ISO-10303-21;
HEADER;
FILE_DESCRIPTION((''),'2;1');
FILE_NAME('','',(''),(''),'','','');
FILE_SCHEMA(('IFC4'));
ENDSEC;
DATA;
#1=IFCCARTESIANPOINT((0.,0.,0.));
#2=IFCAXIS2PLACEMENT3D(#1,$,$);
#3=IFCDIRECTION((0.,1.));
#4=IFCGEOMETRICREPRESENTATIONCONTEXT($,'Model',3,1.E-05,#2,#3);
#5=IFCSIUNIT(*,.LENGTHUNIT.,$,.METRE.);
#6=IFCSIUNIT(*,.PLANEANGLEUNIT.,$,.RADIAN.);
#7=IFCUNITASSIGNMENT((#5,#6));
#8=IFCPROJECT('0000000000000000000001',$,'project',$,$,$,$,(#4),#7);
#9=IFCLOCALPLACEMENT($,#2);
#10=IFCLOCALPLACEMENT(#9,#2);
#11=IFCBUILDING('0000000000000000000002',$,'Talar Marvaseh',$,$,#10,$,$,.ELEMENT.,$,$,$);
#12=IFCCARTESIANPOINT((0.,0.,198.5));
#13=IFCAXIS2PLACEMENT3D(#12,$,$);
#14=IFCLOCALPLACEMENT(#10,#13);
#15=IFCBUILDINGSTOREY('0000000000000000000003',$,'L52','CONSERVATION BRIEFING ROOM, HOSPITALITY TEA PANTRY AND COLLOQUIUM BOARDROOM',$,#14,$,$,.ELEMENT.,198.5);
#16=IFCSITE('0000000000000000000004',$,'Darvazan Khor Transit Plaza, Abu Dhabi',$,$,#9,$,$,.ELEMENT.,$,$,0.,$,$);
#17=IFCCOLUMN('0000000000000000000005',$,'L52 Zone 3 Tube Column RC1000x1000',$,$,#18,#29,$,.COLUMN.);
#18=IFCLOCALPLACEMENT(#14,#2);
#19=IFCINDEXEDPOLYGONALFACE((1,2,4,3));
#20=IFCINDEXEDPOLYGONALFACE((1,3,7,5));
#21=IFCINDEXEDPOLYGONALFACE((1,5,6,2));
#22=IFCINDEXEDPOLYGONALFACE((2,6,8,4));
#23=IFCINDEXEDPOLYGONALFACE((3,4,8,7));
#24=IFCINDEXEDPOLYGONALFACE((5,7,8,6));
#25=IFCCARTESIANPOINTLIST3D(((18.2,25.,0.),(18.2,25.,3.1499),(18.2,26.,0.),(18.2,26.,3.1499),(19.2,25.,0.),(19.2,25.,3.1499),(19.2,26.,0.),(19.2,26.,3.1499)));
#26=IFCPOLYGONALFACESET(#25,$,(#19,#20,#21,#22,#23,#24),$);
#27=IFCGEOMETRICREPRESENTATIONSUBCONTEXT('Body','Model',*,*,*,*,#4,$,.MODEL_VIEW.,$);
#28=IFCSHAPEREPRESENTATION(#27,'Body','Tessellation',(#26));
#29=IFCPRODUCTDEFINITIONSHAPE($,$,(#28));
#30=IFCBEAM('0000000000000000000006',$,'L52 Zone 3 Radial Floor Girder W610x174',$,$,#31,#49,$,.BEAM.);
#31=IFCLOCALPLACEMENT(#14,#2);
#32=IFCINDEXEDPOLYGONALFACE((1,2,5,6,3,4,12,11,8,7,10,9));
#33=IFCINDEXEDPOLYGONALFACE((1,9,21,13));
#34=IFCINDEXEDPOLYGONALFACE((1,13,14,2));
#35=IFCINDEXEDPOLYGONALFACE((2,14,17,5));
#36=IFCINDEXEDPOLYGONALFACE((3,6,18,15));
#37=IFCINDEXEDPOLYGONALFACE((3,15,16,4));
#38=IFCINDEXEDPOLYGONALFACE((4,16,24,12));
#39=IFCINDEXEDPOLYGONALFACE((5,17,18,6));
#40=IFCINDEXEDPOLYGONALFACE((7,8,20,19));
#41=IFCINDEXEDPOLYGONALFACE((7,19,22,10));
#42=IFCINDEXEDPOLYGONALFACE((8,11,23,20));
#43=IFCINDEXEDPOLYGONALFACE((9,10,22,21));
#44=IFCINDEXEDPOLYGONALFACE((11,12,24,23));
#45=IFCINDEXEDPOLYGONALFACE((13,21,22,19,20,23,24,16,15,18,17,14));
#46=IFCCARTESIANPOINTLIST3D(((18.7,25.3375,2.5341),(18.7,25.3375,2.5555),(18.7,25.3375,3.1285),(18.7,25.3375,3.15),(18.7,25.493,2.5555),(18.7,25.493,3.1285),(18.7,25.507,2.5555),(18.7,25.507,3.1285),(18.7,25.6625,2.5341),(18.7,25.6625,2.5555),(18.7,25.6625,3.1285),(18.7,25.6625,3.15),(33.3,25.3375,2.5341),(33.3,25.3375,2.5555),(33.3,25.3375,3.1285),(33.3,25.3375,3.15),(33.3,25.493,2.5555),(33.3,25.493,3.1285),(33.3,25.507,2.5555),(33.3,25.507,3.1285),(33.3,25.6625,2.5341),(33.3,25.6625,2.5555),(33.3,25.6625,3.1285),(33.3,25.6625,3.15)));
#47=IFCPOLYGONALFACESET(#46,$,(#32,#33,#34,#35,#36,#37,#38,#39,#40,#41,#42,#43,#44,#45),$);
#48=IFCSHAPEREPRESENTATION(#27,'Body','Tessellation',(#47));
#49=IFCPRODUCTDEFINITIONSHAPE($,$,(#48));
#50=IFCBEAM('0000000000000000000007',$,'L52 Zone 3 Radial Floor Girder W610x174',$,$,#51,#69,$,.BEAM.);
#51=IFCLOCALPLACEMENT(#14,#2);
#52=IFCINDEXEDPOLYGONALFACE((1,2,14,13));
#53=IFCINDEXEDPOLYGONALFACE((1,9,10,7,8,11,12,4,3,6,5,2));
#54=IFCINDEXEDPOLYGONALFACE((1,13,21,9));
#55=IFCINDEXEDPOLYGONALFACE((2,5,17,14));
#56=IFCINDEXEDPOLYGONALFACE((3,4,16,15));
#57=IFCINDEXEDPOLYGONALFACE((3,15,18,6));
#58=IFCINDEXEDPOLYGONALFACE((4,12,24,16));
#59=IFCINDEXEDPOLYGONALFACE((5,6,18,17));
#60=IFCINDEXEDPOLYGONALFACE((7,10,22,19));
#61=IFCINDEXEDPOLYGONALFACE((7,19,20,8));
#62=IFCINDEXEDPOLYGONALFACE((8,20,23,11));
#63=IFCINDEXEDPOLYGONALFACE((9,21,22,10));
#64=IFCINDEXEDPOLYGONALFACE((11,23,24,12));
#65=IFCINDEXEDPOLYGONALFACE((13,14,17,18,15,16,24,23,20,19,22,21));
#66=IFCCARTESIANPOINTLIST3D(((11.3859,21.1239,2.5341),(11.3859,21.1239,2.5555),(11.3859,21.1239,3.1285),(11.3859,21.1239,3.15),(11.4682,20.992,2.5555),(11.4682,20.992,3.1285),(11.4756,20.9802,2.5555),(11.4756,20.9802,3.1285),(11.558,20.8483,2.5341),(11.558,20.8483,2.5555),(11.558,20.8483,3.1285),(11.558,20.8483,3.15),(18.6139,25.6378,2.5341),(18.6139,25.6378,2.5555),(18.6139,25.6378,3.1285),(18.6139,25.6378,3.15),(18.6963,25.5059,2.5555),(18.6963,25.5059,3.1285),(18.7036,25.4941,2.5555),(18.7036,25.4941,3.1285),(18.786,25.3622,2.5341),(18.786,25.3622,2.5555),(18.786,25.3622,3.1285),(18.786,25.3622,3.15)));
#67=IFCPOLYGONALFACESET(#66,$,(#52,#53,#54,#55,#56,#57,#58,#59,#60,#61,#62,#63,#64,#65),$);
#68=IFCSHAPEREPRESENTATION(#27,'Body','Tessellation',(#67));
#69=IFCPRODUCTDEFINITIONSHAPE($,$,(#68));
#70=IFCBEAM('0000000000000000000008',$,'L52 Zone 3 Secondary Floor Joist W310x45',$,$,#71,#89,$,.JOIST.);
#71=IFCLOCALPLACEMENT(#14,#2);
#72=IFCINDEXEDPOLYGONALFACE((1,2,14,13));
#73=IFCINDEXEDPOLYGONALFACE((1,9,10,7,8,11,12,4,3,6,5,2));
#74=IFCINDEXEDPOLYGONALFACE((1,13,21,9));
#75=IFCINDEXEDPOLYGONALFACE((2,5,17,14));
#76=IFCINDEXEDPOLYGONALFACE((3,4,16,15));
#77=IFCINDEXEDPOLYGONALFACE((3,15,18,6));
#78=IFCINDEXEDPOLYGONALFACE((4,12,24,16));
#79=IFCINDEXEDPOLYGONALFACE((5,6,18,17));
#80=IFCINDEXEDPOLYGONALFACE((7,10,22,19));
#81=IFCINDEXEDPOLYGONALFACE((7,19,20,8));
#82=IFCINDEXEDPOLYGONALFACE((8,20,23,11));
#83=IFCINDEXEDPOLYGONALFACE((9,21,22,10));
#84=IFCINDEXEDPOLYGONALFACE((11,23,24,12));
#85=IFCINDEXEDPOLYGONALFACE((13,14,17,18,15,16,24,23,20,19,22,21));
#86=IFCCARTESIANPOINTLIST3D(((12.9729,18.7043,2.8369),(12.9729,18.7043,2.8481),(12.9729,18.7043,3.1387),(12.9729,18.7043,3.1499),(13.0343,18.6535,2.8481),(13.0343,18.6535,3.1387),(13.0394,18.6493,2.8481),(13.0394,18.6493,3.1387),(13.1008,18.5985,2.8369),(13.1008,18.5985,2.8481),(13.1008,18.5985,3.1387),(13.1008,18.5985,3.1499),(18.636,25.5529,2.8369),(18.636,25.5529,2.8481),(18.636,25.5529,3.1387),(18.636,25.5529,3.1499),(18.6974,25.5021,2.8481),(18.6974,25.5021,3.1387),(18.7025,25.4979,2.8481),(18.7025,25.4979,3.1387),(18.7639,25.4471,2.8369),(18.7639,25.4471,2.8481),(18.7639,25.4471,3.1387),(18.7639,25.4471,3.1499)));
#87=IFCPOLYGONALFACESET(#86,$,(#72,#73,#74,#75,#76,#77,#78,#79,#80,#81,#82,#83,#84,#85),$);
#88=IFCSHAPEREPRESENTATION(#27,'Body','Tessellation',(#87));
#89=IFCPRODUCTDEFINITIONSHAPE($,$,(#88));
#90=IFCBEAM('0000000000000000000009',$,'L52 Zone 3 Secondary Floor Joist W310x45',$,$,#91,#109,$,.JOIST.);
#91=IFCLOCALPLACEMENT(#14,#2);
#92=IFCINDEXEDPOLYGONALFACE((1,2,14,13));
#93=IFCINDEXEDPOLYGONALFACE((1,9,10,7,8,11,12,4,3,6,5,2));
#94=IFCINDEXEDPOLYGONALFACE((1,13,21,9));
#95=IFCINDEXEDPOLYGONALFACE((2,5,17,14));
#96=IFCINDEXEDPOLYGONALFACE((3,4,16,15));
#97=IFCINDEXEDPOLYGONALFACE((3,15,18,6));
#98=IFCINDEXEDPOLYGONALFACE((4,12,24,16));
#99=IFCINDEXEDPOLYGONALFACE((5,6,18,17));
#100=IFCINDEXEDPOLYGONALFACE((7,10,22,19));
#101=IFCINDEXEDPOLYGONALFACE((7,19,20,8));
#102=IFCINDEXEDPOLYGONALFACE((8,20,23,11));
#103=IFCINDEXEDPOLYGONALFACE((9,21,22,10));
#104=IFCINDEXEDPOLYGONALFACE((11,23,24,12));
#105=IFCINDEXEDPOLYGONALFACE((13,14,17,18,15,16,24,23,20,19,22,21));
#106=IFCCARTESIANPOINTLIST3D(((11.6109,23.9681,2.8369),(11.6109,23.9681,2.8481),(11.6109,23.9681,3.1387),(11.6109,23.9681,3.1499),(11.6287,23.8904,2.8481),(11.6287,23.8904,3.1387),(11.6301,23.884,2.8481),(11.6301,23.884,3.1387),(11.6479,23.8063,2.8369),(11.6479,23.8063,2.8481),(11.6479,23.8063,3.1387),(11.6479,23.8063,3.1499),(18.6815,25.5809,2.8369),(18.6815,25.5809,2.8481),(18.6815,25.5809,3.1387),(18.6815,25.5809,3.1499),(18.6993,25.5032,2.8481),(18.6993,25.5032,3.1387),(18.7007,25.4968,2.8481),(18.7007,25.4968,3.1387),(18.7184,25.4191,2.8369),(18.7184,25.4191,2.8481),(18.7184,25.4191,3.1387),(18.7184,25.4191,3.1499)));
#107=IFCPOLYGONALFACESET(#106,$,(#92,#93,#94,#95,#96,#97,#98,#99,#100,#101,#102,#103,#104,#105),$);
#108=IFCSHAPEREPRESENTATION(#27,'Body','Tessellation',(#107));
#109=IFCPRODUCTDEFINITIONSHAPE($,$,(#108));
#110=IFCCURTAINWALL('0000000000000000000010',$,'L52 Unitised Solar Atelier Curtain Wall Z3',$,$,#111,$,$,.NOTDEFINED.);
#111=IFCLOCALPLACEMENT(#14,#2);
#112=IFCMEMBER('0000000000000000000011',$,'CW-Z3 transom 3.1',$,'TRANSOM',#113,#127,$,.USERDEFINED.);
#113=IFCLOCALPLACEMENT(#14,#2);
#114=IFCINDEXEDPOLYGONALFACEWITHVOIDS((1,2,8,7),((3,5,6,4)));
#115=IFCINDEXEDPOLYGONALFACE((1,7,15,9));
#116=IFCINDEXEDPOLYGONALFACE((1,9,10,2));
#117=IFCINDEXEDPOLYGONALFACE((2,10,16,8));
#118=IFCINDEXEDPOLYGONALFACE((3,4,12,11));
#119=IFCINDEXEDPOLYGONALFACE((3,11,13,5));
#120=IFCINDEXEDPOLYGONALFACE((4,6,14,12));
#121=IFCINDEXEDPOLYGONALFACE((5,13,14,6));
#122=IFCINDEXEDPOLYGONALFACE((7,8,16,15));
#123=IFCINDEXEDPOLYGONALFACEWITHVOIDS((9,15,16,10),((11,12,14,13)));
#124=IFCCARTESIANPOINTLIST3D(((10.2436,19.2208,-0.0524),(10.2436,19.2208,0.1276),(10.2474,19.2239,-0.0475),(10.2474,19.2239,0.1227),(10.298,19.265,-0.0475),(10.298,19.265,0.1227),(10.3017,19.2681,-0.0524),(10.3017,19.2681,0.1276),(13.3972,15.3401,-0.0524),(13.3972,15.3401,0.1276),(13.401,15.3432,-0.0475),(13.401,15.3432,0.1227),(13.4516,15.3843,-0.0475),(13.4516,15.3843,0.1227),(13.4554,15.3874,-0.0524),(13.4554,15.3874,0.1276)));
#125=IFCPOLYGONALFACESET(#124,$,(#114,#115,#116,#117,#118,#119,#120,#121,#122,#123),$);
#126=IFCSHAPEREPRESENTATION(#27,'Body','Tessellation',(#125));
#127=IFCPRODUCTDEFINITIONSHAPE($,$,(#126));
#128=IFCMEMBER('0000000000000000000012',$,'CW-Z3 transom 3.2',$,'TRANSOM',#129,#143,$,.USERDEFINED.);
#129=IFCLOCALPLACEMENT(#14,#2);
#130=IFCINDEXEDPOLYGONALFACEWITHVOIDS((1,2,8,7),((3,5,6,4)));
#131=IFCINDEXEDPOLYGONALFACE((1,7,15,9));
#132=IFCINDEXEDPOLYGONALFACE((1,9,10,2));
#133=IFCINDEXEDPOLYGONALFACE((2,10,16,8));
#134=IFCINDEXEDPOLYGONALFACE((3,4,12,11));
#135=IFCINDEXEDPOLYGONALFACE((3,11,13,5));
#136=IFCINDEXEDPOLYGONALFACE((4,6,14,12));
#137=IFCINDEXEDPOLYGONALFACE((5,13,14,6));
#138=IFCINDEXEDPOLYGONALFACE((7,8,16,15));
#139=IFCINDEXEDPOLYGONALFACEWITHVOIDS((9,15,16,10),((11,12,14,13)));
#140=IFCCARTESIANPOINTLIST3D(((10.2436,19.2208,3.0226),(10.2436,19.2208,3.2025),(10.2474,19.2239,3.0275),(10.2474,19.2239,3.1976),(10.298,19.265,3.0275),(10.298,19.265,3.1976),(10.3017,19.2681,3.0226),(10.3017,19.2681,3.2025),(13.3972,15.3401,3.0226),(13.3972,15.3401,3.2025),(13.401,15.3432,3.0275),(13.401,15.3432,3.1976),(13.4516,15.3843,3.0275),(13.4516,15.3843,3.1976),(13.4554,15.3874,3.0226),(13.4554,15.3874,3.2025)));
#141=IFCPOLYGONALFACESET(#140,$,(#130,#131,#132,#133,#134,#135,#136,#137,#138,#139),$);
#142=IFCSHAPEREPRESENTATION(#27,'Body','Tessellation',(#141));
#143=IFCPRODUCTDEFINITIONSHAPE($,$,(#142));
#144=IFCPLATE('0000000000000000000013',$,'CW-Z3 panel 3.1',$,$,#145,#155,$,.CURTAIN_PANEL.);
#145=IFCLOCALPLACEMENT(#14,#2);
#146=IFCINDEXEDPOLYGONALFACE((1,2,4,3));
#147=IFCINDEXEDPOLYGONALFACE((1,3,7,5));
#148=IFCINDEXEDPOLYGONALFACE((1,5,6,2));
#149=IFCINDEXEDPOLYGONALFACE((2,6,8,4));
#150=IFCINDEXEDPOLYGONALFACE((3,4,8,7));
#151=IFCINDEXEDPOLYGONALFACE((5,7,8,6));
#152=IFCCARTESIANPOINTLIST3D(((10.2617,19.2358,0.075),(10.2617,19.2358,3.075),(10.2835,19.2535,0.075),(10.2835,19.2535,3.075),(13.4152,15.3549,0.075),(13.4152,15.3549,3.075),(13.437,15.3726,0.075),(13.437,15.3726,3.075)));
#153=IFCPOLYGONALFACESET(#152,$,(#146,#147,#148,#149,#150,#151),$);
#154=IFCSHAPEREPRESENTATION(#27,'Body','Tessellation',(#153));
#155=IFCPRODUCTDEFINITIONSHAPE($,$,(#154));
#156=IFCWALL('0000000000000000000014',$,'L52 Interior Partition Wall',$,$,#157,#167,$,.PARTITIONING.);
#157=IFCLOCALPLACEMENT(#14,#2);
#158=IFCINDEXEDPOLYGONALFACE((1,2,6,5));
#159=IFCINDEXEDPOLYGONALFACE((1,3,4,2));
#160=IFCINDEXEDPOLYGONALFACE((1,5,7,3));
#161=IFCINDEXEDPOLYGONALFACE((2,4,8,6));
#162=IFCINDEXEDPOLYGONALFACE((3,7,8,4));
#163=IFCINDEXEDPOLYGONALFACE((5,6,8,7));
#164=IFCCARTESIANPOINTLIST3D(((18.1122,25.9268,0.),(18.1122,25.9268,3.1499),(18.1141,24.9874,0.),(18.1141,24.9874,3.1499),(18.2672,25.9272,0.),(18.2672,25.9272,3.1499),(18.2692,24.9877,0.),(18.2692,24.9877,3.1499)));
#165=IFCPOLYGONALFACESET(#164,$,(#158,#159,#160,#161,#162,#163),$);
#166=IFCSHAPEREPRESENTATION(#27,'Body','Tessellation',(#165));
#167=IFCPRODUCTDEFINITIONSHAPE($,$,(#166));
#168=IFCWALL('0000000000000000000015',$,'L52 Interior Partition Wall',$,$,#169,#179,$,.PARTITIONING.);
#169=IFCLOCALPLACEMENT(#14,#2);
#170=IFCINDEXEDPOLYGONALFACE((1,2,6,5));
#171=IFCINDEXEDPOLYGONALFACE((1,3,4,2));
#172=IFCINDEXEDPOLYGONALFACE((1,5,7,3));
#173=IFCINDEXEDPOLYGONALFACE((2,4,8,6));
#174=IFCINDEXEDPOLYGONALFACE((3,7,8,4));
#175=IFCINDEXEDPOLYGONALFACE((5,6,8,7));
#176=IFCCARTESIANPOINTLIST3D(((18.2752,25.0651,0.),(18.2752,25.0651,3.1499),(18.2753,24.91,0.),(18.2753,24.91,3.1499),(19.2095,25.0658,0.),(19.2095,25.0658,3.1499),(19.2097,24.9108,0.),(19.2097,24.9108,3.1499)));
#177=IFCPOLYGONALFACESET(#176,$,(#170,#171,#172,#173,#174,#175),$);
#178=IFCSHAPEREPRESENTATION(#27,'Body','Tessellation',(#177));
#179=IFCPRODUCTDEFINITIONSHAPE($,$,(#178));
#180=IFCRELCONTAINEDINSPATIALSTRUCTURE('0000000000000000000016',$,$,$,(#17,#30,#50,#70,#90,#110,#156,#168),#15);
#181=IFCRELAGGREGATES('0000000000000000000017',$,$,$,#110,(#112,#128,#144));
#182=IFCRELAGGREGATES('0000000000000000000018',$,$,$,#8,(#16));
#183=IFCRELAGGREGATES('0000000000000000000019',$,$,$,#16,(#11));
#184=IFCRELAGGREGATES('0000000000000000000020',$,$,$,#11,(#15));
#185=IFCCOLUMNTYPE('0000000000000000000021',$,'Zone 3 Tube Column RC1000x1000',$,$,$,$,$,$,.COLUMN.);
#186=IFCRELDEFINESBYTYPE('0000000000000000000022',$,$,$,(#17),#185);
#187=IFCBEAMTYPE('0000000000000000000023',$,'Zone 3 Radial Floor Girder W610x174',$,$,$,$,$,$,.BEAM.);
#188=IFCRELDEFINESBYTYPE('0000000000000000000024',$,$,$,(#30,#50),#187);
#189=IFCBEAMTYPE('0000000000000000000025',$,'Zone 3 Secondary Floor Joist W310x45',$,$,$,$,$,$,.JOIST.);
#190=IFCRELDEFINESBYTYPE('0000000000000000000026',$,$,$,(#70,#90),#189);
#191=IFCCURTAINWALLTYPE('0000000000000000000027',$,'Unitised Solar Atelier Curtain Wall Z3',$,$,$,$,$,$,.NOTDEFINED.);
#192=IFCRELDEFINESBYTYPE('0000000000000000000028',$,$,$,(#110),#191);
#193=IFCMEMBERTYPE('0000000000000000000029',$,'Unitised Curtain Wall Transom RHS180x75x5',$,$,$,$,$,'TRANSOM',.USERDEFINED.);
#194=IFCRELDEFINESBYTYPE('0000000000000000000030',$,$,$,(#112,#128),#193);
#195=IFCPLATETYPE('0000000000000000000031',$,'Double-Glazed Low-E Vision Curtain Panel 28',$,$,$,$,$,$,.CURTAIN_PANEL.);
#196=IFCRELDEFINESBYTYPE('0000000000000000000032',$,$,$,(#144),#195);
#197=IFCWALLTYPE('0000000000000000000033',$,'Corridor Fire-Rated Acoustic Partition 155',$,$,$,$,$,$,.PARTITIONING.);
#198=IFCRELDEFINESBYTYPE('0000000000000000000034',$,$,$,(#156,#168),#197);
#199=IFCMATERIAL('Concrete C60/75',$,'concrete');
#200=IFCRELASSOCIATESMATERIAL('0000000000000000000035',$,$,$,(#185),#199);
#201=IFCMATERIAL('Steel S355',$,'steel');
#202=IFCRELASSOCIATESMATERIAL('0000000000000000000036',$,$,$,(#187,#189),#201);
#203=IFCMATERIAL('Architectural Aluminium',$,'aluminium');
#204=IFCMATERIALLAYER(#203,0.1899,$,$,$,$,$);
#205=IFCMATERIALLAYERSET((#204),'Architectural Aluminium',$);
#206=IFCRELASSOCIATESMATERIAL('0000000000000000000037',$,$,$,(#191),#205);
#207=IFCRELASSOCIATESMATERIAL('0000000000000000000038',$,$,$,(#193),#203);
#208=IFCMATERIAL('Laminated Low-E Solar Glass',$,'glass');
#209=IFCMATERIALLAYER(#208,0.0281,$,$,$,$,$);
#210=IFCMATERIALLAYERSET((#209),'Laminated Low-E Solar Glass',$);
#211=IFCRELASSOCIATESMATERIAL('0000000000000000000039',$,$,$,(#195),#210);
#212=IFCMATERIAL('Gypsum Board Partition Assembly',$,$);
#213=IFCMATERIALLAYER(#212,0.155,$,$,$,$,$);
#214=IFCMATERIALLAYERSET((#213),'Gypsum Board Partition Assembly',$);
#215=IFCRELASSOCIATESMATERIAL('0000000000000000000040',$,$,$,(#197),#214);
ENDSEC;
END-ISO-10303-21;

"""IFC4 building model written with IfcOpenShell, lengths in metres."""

from ifc_helpers import new_model, si_unit, direction, frame, frame_2d, origin, origin_2d, place, context, subcontext, project, spatial, rectangle, hollow_rectangle, i_section, extrude, source, transform, mapped, material, layer, layer_set, material_profile, profile_set, type_object, type_shapes, element, aggregate, save


model = new_model("IFC4")

# Units and contexts
model_context = context("Model", 3, precision=1e-05, world=origin(), true_north=direction((0.0, 1.0)))
body_context = subcontext(model_context, "Body", "Model", "MODEL_VIEW")
ifc_project = project(units=[si_unit("LENGTHUNIT", "METRE"), si_unit("PLANEANGLEUNIT", "RADIAN")], contexts=[model_context])

# Site, building, storey
site_placement = place(None, origin())
site = spatial("IfcSite", under=ifc_project, at=site_placement, Name="Darvazan Khor Transit Plaza, Abu Dhabi", CompositionType="ELEMENT", RefElevation=0.0)
building_placement = place(site_placement, origin())
building = spatial("IfcBuilding", under=site, at=building_placement, Name="Talar Marvaseh", CompositionType="ELEMENT")
storey_placement = place(building_placement, frame((0.0, 0.0, 198.5)))
storey = spatial("IfcBuildingStorey", under=building, at=storey_placement, Name="L52", Description="CONSERVATION BRIEFING ROOM, HOSPITALITY TEA PANTRY AND COLLOQUIUM BOARDROOM", CompositionType="ELEMENT", Elevation=198.5)

# Column
ifc_material_1 = material(Name="Concrete C60/75", Category="concrete")
ifc_material_profile_1 = material_profile(ifc_material_1, rectangle(XDim=1.0, YDim=1.0, at=origin_2d()), Name="RC1000x1000")
ifc_profile_set_1 = profile_set([ifc_material_profile_1], Name="Concrete C60/75")
column_type = type_object("IfcColumnType", Name="Zone 3 Tube Column RC1000x1000", PredefinedType="COLUMN", material=ifc_profile_set_1)
column_placement = place(storey_placement, frame((18.7, 25.5, 0.0), z_axis=(0.0, 0.0, 1.0), x_axis=(1.0, 0.0, 0.0)))
element("IfcColumn", 1, at=column_placement, inside=storey, type_object=column_type, Name="L52 Zone 3 Tube Column RC1000x1000", PredefinedType="COLUMN", context=body_context, shape_type="SweptSolid", body=[
    extrude(rectangle(XDim=1.0, YDim=1.0, at=origin_2d()), origin(), (0.0, 0.0, 1.0), 3.1499),
])

# Beams
ifc_material_2 = material(Name="Steel S355", Category="steel")
ifc_material_profile_2 = material_profile(ifc_material_2, i_section(OverallWidth=0.325, OverallDepth=0.616, WebThickness=0.0139, FlangeThickness=0.0215, at=origin_2d()), Name="W610x174")
ifc_profile_set_2 = profile_set([ifc_material_profile_2], Name="Steel S355")
beam_type_1 = type_object("IfcBeamType", Name="Zone 3 Radial Floor Girder W610x174", PredefinedType="BEAM", material=ifc_profile_set_2)
beam_1_placement = place(storey_placement, frame((18.7, 25.5, 2.842), z_axis=(1.0, 0.0, 0.0), x_axis=(0.0, 1.0, 0.0)))
element("IfcBeam", 2, at=beam_1_placement, inside=storey, type_object=beam_type_1, Name="L52 Zone 3 Radial Floor Girder W610x174", PredefinedType="BEAM", context=body_context, shape_type="SweptSolid", body=[
    extrude(i_section(OverallWidth=0.325, OverallDepth=0.616, WebThickness=0.0139, FlangeThickness=0.0215, at=origin_2d()), origin(), (0.0, 0.0, 1.0), 14.6001),
])
beam_2_placement = place(storey_placement, frame((11.4719, 20.9861, 2.842), z_axis=(0.848188, 0.529695, 0.0), x_axis=(-0.529695, 0.848188, 0.0)))
element("IfcBeam", 3, at=beam_2_placement, inside=storey, type_object=beam_type_1, Name="L52 Zone 3 Radial Floor Girder W610x174", PredefinedType="BEAM", context=body_context, shape_type="SweptSolid", body=[
    extrude(i_section(OverallWidth=0.325, OverallDepth=0.616, WebThickness=0.0139, FlangeThickness=0.0215, at=origin_2d()), origin(), (0.0, 0.0, 1.0), 8.5217),
])
ifc_material_profile_3 = material_profile(ifc_material_2, i_section(OverallWidth=0.166, OverallDepth=0.313, WebThickness=0.0066, FlangeThickness=0.0112, at=origin_2d()), Name="W310x45")
ifc_profile_set_3 = profile_set([ifc_material_profile_3], Name="Steel S355")
beam_type_2 = type_object("IfcBeamType", Name="Zone 3 Secondary Floor Joist W310x45", PredefinedType="JOIST", material=ifc_profile_set_3)
beam_3_placement = place(storey_placement, frame((13.0369, 18.6514, 2.9934), z_axis=(0.637251, 0.770657, 0.0), x_axis=(-0.770657, 0.637251, 0.0)))
element("IfcBeam", 4, at=beam_3_placement, inside=storey, type_object=beam_type_2, Name="L52 Zone 3 Secondary Floor Joist W310x45", PredefinedType="JOIST", context=body_context, shape_type="SweptSolid", body=[
    extrude(i_section(OverallWidth=0.166, OverallDepth=0.313, WebThickness=0.0066, FlangeThickness=0.0112, at=origin_2d()), origin(), (0.0, 0.0, 1.0), 8.8867),
])
beam_4_placement = place(storey_placement, frame((11.6294, 23.8872, 2.9934), z_axis=(0.974958, 0.222388, 0.0), x_axis=(-0.222388, 0.974958, 0.0)))
element("IfcBeam", 5, at=beam_4_placement, inside=storey, type_object=beam_type_2, Name="L52 Zone 3 Secondary Floor Joist W310x45", PredefinedType="JOIST", context=body_context, shape_type="SweptSolid", body=[
    extrude(i_section(OverallWidth=0.166, OverallDepth=0.313, WebThickness=0.0066, FlangeThickness=0.0112, at=origin_2d()), origin(), (0.0, 0.0, 1.0), 7.2522),
])

# Curtain wall, members, plate
ifc_material_3 = material(Name="Architectural Aluminium", Category="aluminium")
ifc_layer_1 = layer(ifc_material_3, 0.1899)
ifc_layer_set_1 = layer_set([ifc_layer_1], Name="Architectural Aluminium")
curtain_wall_type = type_object("IfcCurtainWallType", Name="Unitised Solar Atelier Curtain Wall Z3", PredefinedType="NOTDEFINED", material=ifc_layer_set_1)
curtain_wall_placement = place(storey_placement, origin())
curtain_wall = element("IfcCurtainWall", 6, at=curtain_wall_placement, inside=storey, type_object=curtain_wall_type, Name="L52 Unitised Solar Atelier Curtain Wall Z3", PredefinedType="NOTDEFINED")
ifc_material_profile_4 = material_profile(ifc_material_3, hollow_rectangle(XDim=0.075, YDim=0.1799, WallThickness=0.0049, at=origin_2d()), Name="RHS180x75x5")
ifc_profile_set_4 = profile_set([ifc_material_profile_4], Name="Architectural Aluminium")
member_type = type_object("IfcMemberType", Name="Unitised Curtain Wall Transom RHS180x75x5", ElementType="TRANSOM", PredefinedType="USERDEFINED", material=ifc_profile_set_4)
shared_shape_1 = source(origin(), body_context, "Body", "SweptSolid", [
    extrude(hollow_rectangle(XDim=0.075, YDim=0.1799, WallThickness=0.0049, at=origin_2d()), origin(), (0.0, 0.0, 1.0), 5.0005),
])
type_shapes(member_type, [shared_shape_1])
member_1_placement = place(storey_placement, frame((13.4263, 15.3638, 0.0376), z_axis=(-0.630661, 0.776059, 0.0), x_axis=(-0.776059, -0.630661, 0.0)))
member_1 = element("IfcMember", 7, at=member_1_placement, type_object=member_type, Name="CW-Z3 transom 3.1", ObjectType="TRANSOM", PredefinedType="USERDEFINED", context=body_context, shape_type="MappedRepresentation", body=[
    mapped(shared_shape_1, transform((0.0, 0.0, 0.0), x_axis=(1.0, 0.0, 0.0), y_axis=(0.0, 1.0, 0.0), z_axis=(0.0, 0.0, 1.0), scale=1.0)),
])
member_2_placement = place(storey_placement, frame((13.4263, 15.3638, 3.1125), z_axis=(-0.630661, 0.776059, 0.0), x_axis=(-0.776059, -0.630661, 0.0)))
member_2 = element("IfcMember", 8, at=member_2_placement, type_object=member_type, Name="CW-Z3 transom 3.2", ObjectType="TRANSOM", PredefinedType="USERDEFINED", context=body_context, shape_type="MappedRepresentation", body=[
    mapped(shared_shape_1, transform((0.0, 0.0, 0.0), x_axis=(1.0, 0.0, 0.0), y_axis=(0.0, 1.0, 0.0), z_axis=(0.0, 0.0, 1.0), scale=1.0)),
])
ifc_material_4 = material(Name="Laminated Low-E Solar Glass", Category="glass")
ifc_layer_2 = layer(ifc_material_4, 0.0281)
ifc_layer_set_2 = layer_set([ifc_layer_2], Name="Laminated Low-E Solar Glass")
plate_type = type_object("IfcPlateType", Name="Double-Glazed Low-E Vision Curtain Panel 28", PredefinedType="CURTAIN_PANEL", material=ifc_layer_set_2)
shared_shape_2 = source(origin(), body_context, "Body", "SweptSolid", [
    extrude(rectangle(XDim=5.0005, YDim=0.0281, at=origin_2d()), origin(), (0.0, 0.0, 1.0), 3.0),
])
type_shapes(plate_type, [shared_shape_2])
plate_placement = place(storey_placement, frame((11.8494, 17.3042, 0.075), z_axis=(0.0, 0.0, 1.0), x_axis=(-0.630627, 0.776086, 0.0)))
plate = element("IfcPlate", 9, at=plate_placement, type_object=plate_type, Name="CW-Z3 panel 3.1", PredefinedType="CURTAIN_PANEL", context=body_context, shape_type="MappedRepresentation", body=[
    mapped(shared_shape_2, transform((0.0, 0.0, 0.0), x_axis=(1.0, 0.0, 0.0), y_axis=(0.0, 1.0, 0.0), z_axis=(0.0, 0.0, 1.0), scale=1.0)),
])
aggregate(curtain_wall, [member_1, member_2, plate])

# Shared definitions
ifc_material_5 = material(Name="Gypsum Board Partition Assembly")
ifc_layer_3 = layer(ifc_material_5, 0.155)
ifc_layer_set_3 = layer_set([ifc_layer_3], Name="Gypsum Board Partition Assembly")
wall_type_1 = type_object("IfcWallType", Name="Corridor Fire-Rated Acoustic Partition 155", PredefinedType="PARTITIONING", material=ifc_layer_set_3)

# Walls
wall_1_placement = place(storey_placement, frame((18.1897, 25.927, 0.0), z_axis=(0.0, 0.0, 1.0), x_axis=(0.002079, -0.999998, 0.0)))
element("IfcWall", 10, at=wall_1_placement, inside=storey, type_object=wall_type_1, Name="L52 Interior Partition Wall", PredefinedType="PARTITIONING", context=body_context, shape_type="SweptSolid", body=[
    extrude(rectangle(XDim=0.9395, YDim=0.155, at=frame_2d((0.4697, 0.0))), origin(), (0.0, 0.0, 1.0), 3.1499),
])
wall_2_placement = place(storey_placement, frame((18.2751, 24.9875, 0.0), z_axis=(0.0, 0.0, 1.0), x_axis=(1.0, 0.000784, 0.0)))
element("IfcWall", 11, at=wall_2_placement, inside=storey, type_object=wall_type_1, Name="L52 Interior Partition Wall", PredefinedType="PARTITIONING", context=body_context, shape_type="SweptSolid", body=[
    extrude(rectangle(XDim=0.9343, YDim=0.155, at=frame_2d((0.4673, 0.0))), origin(), (0.0, 0.0, 1.0), 3.1499),
])

save(model, "model.ifc")
